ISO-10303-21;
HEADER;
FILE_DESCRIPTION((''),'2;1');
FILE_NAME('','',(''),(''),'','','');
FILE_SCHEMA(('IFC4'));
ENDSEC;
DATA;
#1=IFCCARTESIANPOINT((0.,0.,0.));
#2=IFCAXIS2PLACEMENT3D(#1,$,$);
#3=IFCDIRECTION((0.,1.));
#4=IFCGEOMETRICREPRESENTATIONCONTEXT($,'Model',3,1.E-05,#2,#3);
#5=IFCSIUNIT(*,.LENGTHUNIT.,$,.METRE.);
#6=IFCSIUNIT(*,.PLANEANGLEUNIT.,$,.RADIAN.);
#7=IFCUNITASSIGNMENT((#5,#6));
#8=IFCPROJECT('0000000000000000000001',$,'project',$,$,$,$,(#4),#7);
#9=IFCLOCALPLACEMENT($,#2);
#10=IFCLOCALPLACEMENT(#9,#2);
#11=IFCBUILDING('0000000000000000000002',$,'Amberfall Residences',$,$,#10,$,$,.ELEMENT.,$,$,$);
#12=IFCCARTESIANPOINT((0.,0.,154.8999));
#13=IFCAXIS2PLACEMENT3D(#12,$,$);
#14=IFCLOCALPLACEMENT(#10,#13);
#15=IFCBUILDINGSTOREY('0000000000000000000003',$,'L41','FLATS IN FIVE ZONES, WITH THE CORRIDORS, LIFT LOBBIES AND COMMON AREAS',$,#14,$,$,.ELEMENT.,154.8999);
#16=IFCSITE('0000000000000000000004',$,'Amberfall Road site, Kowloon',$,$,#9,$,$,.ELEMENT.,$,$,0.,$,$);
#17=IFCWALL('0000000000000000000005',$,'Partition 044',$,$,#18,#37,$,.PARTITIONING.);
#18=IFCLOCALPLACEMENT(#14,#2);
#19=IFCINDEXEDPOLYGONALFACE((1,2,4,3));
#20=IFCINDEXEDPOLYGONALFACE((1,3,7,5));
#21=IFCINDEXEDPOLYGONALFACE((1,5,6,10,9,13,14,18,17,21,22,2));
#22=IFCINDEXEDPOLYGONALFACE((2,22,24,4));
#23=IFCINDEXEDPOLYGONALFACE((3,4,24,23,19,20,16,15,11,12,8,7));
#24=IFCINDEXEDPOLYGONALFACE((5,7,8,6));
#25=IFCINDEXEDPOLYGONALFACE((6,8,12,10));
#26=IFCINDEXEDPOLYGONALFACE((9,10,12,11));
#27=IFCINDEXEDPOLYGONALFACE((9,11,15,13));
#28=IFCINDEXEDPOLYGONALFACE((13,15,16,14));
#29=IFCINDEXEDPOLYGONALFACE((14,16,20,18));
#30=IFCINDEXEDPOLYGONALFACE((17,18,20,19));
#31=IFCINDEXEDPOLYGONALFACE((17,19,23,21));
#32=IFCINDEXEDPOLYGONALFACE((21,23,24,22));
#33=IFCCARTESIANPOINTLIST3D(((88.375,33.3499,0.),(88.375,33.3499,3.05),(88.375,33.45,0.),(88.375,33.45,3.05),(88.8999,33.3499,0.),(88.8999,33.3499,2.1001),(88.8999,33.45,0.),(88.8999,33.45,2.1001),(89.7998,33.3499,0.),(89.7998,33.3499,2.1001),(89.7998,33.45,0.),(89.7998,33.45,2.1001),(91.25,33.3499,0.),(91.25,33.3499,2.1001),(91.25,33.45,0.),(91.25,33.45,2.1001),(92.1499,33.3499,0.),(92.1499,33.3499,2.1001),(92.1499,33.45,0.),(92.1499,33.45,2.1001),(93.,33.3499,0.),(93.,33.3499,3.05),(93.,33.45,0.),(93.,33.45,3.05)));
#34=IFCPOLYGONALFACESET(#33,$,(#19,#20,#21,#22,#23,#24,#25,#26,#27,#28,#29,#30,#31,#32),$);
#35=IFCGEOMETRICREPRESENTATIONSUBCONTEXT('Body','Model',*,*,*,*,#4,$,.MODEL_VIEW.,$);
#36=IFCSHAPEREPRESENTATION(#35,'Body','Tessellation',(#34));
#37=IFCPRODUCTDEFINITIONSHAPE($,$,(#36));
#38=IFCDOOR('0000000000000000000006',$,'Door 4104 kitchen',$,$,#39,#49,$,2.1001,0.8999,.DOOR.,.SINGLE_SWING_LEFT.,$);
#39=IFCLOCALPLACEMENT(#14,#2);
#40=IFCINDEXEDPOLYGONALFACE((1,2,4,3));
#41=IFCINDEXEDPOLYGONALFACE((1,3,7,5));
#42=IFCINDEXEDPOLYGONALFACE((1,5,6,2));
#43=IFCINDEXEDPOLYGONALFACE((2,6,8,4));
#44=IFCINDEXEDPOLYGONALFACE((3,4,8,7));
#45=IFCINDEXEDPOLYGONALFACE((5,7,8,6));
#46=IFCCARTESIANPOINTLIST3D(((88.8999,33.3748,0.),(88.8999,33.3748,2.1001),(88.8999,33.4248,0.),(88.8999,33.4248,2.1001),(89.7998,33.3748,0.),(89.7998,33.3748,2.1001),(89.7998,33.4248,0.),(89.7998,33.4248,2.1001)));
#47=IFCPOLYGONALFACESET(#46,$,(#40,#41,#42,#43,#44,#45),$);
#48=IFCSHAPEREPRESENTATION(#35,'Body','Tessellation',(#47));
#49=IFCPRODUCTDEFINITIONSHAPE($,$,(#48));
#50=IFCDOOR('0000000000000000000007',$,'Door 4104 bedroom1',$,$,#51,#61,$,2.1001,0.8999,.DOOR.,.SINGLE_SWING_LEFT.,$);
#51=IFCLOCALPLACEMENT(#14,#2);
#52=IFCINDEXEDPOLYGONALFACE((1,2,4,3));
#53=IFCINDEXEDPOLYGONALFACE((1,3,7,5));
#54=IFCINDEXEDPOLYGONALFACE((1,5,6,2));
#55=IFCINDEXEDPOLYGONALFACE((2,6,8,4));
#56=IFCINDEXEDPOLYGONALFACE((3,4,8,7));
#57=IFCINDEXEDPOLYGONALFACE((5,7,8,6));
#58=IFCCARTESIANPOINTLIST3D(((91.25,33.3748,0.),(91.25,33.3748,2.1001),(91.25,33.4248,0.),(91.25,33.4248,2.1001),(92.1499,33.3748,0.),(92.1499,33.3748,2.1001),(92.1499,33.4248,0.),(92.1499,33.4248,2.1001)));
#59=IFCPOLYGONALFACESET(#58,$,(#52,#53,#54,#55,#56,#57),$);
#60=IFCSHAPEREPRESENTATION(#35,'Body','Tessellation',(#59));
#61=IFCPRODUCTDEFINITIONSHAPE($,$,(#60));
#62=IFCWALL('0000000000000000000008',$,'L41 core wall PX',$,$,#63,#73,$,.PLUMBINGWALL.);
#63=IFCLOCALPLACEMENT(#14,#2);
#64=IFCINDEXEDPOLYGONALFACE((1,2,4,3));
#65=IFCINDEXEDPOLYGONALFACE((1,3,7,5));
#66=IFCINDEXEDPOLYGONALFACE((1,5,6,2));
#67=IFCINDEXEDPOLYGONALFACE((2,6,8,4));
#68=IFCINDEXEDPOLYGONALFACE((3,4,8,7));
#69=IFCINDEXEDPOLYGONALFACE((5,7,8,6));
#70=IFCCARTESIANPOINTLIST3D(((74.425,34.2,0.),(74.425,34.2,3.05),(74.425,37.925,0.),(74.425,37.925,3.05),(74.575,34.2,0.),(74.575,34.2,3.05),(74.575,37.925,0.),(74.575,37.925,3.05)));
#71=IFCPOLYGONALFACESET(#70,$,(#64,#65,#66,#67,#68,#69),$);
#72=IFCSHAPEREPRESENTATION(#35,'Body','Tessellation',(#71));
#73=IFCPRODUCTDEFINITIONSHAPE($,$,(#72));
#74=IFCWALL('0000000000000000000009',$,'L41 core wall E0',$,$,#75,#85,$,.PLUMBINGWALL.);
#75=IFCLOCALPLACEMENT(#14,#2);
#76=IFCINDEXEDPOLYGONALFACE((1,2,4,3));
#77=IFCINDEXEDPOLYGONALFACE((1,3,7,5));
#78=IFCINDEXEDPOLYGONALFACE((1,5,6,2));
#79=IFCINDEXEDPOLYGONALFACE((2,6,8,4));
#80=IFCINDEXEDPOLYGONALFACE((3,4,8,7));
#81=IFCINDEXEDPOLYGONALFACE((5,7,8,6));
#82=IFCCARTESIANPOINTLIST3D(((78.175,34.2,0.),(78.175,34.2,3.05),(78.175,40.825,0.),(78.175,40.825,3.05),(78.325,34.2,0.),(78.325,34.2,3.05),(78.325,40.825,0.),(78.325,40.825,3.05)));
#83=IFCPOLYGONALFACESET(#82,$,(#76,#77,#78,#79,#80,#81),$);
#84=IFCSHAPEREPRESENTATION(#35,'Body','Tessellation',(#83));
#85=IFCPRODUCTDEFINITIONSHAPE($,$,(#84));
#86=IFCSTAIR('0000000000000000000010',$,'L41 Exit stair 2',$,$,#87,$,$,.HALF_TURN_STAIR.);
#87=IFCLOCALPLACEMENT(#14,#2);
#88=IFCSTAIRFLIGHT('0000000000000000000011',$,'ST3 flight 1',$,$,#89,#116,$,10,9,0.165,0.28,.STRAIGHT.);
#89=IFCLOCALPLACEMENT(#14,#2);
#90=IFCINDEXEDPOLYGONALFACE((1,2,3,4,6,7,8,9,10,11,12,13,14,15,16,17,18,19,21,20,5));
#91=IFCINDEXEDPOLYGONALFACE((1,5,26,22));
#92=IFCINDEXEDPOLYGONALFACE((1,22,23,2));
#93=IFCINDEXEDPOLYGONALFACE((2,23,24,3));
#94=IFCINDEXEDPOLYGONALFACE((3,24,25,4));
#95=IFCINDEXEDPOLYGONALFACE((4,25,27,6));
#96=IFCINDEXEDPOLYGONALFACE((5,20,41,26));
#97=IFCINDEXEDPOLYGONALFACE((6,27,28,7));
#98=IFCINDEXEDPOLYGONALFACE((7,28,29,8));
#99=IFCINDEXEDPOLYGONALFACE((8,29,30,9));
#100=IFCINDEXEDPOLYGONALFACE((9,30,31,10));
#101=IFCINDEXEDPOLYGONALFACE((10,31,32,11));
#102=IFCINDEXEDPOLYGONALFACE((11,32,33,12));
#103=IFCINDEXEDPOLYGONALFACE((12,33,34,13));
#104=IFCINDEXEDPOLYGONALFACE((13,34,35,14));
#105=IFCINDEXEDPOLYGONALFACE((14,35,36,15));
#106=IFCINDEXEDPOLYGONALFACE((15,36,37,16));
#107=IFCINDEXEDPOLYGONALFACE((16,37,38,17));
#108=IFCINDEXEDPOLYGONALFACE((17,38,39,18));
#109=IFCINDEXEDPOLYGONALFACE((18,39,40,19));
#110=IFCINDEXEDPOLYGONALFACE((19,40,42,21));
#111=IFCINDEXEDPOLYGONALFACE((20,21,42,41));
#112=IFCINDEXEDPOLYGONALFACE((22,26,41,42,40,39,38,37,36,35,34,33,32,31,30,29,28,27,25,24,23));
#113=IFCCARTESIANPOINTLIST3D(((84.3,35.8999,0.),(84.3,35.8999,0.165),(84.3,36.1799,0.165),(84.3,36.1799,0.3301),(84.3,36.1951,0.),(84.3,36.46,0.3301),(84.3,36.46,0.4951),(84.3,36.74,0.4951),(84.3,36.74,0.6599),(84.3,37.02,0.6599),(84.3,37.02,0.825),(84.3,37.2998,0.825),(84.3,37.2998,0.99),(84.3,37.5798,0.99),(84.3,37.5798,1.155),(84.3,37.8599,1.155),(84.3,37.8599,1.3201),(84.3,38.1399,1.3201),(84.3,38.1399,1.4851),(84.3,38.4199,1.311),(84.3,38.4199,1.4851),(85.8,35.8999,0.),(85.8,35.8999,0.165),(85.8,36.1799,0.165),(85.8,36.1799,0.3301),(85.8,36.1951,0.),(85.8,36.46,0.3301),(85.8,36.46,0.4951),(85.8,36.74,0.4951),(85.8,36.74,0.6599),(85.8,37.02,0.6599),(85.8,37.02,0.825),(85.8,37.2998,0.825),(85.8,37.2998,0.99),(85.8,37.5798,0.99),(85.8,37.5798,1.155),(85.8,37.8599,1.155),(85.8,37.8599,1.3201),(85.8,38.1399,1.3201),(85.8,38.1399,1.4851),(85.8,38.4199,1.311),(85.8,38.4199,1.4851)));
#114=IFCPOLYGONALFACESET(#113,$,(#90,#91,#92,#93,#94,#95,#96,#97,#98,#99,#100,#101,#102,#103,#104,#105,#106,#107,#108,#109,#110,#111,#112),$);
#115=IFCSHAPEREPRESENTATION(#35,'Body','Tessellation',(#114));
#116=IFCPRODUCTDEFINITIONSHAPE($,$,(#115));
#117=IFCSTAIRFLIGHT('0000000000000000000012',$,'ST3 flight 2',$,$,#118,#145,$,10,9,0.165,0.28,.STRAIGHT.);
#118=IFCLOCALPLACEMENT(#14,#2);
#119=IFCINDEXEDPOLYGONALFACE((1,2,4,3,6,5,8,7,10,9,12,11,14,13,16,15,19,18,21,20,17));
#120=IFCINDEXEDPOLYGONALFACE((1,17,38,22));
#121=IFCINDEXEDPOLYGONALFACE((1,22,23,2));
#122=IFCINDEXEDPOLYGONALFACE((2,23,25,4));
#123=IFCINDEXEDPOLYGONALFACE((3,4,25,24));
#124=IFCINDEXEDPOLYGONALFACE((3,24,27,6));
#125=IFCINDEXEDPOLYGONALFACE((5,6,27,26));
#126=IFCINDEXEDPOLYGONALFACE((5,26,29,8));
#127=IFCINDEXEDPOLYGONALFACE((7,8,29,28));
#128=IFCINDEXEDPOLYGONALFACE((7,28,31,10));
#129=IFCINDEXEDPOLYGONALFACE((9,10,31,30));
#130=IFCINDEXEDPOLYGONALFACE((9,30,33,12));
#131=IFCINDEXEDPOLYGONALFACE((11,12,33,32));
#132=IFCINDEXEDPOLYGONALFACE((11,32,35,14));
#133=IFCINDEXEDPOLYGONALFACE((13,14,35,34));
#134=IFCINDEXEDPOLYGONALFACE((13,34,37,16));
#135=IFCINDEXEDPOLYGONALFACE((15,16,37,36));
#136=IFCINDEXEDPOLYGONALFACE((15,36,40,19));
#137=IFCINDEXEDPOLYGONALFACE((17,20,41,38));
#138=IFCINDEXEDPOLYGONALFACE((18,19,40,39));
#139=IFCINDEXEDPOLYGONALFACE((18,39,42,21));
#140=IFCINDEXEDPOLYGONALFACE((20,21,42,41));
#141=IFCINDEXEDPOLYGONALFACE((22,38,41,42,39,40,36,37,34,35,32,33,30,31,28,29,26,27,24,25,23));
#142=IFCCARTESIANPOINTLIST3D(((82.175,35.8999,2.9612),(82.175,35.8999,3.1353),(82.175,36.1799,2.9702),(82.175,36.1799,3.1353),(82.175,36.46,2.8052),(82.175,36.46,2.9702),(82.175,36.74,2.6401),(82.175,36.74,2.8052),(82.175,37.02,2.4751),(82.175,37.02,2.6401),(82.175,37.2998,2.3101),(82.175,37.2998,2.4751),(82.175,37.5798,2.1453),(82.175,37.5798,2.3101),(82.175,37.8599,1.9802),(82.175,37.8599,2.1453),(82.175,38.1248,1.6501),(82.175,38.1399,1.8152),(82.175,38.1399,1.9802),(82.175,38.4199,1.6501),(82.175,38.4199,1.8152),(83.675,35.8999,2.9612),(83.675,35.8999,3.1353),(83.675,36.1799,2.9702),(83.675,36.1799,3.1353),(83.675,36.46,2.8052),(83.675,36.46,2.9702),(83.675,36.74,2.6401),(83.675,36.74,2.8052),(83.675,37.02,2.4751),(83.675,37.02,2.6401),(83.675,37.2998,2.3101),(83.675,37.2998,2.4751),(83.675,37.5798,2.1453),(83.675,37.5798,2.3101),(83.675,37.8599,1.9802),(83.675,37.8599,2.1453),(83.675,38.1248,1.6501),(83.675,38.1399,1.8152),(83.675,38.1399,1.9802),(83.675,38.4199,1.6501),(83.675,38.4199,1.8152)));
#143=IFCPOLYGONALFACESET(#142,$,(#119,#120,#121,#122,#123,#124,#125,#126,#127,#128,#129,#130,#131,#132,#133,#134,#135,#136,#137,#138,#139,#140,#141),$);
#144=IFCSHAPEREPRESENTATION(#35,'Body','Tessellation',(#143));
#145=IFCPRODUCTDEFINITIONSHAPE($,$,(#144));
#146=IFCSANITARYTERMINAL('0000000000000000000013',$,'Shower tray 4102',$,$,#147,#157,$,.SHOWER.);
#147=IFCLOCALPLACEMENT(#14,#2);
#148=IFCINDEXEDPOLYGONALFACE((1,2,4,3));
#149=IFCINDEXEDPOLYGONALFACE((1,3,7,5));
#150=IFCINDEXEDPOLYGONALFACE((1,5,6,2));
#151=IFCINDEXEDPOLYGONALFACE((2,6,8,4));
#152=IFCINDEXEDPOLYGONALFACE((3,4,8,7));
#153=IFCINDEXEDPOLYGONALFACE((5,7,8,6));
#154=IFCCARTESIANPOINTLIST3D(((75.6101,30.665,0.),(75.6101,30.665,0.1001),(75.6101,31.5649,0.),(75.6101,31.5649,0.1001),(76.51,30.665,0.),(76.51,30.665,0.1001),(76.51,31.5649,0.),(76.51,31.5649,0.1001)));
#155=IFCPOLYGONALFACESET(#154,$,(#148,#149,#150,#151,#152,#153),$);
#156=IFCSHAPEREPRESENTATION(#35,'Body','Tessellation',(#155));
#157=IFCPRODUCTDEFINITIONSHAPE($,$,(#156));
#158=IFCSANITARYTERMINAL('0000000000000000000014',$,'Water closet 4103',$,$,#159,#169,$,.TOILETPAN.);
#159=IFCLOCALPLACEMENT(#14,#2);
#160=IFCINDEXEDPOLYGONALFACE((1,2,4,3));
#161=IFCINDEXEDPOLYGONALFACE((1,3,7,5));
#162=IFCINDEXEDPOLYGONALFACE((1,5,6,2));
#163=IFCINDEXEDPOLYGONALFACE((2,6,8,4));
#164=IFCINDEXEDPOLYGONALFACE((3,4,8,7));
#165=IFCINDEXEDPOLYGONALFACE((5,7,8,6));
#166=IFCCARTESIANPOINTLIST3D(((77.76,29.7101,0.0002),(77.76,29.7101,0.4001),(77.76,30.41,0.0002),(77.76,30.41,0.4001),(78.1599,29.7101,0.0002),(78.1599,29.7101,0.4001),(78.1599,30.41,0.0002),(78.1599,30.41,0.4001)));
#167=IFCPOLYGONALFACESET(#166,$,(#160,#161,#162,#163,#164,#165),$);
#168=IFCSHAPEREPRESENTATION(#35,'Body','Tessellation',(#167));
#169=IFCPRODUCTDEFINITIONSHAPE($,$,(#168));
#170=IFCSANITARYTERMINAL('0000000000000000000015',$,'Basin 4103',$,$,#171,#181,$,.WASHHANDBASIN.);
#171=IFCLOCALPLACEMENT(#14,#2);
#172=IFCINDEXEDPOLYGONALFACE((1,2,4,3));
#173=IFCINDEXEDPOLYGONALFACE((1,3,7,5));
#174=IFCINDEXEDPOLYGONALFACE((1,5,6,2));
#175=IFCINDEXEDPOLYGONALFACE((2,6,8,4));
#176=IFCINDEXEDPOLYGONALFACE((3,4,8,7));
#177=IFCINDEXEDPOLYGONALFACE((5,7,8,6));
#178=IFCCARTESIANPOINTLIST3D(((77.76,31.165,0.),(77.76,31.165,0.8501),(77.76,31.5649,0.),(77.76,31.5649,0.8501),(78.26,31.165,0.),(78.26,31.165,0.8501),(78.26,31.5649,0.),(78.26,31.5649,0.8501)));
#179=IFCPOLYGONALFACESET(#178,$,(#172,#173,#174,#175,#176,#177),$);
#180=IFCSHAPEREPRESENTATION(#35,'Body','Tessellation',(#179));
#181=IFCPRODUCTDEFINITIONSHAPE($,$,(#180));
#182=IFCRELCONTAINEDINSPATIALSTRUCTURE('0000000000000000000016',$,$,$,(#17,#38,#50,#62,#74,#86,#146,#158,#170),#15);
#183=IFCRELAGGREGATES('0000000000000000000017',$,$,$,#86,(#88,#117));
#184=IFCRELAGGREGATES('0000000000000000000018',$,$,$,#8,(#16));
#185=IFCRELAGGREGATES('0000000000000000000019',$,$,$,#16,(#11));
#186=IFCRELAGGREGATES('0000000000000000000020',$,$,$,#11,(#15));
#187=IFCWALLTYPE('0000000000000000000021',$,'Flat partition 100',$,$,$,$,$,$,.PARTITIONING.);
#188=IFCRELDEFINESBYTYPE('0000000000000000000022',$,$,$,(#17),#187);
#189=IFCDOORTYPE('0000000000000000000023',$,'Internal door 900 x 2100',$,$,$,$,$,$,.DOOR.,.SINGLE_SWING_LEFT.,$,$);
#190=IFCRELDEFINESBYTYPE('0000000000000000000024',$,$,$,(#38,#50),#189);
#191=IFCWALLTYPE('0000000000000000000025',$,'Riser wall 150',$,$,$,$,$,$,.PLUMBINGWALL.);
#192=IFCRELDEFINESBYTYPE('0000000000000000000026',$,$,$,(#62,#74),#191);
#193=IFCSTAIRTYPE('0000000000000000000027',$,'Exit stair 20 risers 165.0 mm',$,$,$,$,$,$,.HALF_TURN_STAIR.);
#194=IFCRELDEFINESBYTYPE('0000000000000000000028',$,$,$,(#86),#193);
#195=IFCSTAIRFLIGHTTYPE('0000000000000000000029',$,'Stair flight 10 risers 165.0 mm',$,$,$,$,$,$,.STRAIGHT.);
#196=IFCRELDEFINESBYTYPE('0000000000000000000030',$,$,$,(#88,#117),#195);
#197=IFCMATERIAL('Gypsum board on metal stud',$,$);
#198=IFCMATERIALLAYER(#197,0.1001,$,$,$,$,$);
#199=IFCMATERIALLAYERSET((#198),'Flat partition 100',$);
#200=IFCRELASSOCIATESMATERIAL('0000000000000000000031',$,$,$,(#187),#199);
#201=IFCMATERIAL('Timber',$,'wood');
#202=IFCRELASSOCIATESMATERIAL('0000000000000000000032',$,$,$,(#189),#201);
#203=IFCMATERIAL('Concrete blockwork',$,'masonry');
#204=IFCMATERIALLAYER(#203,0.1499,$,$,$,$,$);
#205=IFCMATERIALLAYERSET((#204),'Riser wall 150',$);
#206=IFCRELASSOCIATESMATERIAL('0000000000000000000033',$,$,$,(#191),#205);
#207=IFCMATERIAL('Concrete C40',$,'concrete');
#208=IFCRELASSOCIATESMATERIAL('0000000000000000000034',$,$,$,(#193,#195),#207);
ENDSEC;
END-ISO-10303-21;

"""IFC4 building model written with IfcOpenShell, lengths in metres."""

from ifc_helpers import new_model, si_unit, direction, frame, frame_2d, origin, origin_2d, place, context, subcontext, project, spatial, polyline, rectangle, outline, extrude, material, layer, layer_set, type_object, element, fill, aggregate, save


model = new_model("IFC4")

# Units and contexts
model_context = context("Model", 3, precision=1e-05, world=origin(), true_north=direction((0.0, 1.0)))
body_context = subcontext(model_context, "Body", "Model", "MODEL_VIEW")
ifc_project = project(units=[si_unit("LENGTHUNIT", "METRE"), si_unit("PLANEANGLEUNIT", "RADIAN")], contexts=[model_context])

# Site, building, storey
site_placement = place(None, origin())
site = spatial("IfcSite", under=ifc_project, at=site_placement, Name="Amberfall Road site, Kowloon", CompositionType="ELEMENT", RefElevation=0.0)
building_placement = place(site_placement, origin())
building = spatial("IfcBuilding", under=site, at=building_placement, Name="Amberfall Residences", CompositionType="ELEMENT")
storey_placement = place(building_placement, frame((0.0, 0.0, 154.8999)))
storey = spatial("IfcBuildingStorey", under=building, at=storey_placement, Name="L41", Description="FLATS IN FIVE ZONES, WITH THE CORRIDORS, LIFT LOBBIES AND COMMON AREAS", CompositionType="ELEMENT", Elevation=154.8999)

# Shared definitions
ifc_material_1 = material(Name="Gypsum board on metal stud")
ifc_layer_1 = layer(ifc_material_1, 0.1001)
ifc_layer_set_1 = layer_set([ifc_layer_1], Name="Flat partition 100")
wall_type_1 = type_object("IfcWallType", Name="Flat partition 100", PredefinedType="PARTITIONING", material=ifc_layer_set_1)
ifc_material_2 = material(Name="Timber", Category="wood")
door_type_1 = type_object("IfcDoorType", Name="Internal door 900 x 2100", OperationType="SINGLE_SWING_LEFT", PredefinedType="DOOR", material=ifc_material_2)

# Wall, openings, doors
wall_1_placement = place(storey_placement, frame((88.375, 33.3999, 0.0), z_axis=(0.0, 0.0, 1.0), x_axis=(1.0, 0.0, 0.0)))
wall_1 = element("IfcWall", 1, at=wall_1_placement, inside=storey, type_object=wall_type_1, Name="Partition 044", PredefinedType="PARTITIONING", context=body_context, shape_type="SweptSolid", body=[
    extrude(rectangle(XDim=4.625, YDim=0.1001, at=frame_2d((2.3125, 0.0))), origin(), (0.0, 0.0, 1.0), 3.05),
])
opening_1_placement = place(wall_1_placement, frame((0.5249, 0.0, 0.0)))
opening_1 = element("IfcOpeningElement", 2, at=opening_1_placement, cuts=wall_1, PredefinedType="OPENING", context=body_context, shape_type="SweptSolid", body=[
    extrude(rectangle(XDim=0.8999, YDim=2.1001, at=frame_2d((0.45, 1.05))), frame((0.0, 0.0601, 0.0), z_axis=(0.0, -1.0, 0.0), x_axis=(1.0, 0.0, 0.0)), (0.0, 0.0, 1.0), 0.1201),
])
opening_2_placement = place(wall_1_placement, frame((2.875, 0.0, 0.0)))
opening_2 = element("IfcOpeningElement", 3, at=opening_2_placement, cuts=wall_1, PredefinedType="OPENING", context=body_context, shape_type="SweptSolid", body=[
    extrude(rectangle(XDim=0.8999, YDim=2.1001, at=frame_2d((0.45, 1.05))), frame((0.0, 0.0601, 0.0), z_axis=(0.0, -1.0, 0.0), x_axis=(1.0, 0.0, 0.0)), (0.0, 0.0, 1.0), 0.1201),
])
door_1_placement = place(opening_1_placement, origin())
door_1 = element("IfcDoor", 4, at=door_1_placement, inside=storey, type_object=door_type_1, Name="Door 4104 kitchen", OperationType="SINGLE_SWING_LEFT", OverallHeight=2.1001, OverallWidth=0.8999, PredefinedType="DOOR", context=body_context, shape_type="SweptSolid", body=[
    extrude(rectangle(XDim=0.8999, YDim=2.1001, at=frame_2d((0.45, 1.05))), frame((0.0, 0.0249, 0.0), z_axis=(0.0, -1.0, 0.0), x_axis=(1.0, 0.0, 0.0)), (0.0, 0.0, 1.0), 0.05),
])
fill(opening_1, door_1)
door_2_placement = place(opening_2_placement, origin())
door_2 = element("IfcDoor", 5, at=door_2_placement, inside=storey, type_object=door_type_1, Name="Door 4104 bedroom1", OperationType="SINGLE_SWING_LEFT", OverallHeight=2.1001, OverallWidth=0.8999, PredefinedType="DOOR", context=body_context, shape_type="SweptSolid", body=[
    extrude(rectangle(XDim=0.8999, YDim=2.1001, at=frame_2d((0.45, 1.05))), frame((0.0, 0.0249, 0.0), z_axis=(0.0, -1.0, 0.0), x_axis=(1.0, 0.0, 0.0)), (0.0, 0.0, 1.0), 0.05),
])
fill(opening_2, door_2)

# Walls
ifc_material_3 = material(Name="Concrete blockwork", Category="masonry")
ifc_layer_2 = layer(ifc_material_3, 0.1499)
ifc_layer_set_2 = layer_set([ifc_layer_2], Name="Riser wall 150")
wall_type_2 = type_object("IfcWallType", Name="Riser wall 150", PredefinedType="PLUMBINGWALL", material=ifc_layer_set_2)
wall_2_placement = place(storey_placement, frame((74.5, 34.2, 0.0), z_axis=(0.0, 0.0, 1.0), x_axis=(0.0, 1.0, 0.0)))
element("IfcWall", 6, at=wall_2_placement, inside=storey, type_object=wall_type_2, Name="L41 core wall PX", PredefinedType="PLUMBINGWALL", context=body_context, shape_type="SweptSolid", body=[
    extrude(rectangle(XDim=3.7251, YDim=0.1499, at=frame_2d((1.8625, 0.0))), origin(), (0.0, 0.0, 1.0), 3.05),
])
wall_3_placement = place(storey_placement, frame((78.25, 34.2, 0.0), z_axis=(0.0, 0.0, 1.0), x_axis=(0.0, 1.0, 0.0)))
element("IfcWall", 7, at=wall_3_placement, inside=storey, type_object=wall_type_2, Name="L41 core wall E0", PredefinedType="PLUMBINGWALL", context=body_context, shape_type="SweptSolid", body=[
    extrude(rectangle(XDim=6.625, YDim=0.1499, at=frame_2d((3.3125, 0.0))), origin(), (0.0, 0.0, 1.0), 3.05),
])

# Stair, stair flights
ifc_material_4 = material(Name="Concrete C40", Category="concrete")
stair_type = type_object("IfcStairType", Name="Exit stair 20 risers 165.0 mm", PredefinedType="HALF_TURN_STAIR", material=ifc_material_4)
stair_placement = place(storey_placement, origin())
stair = element("IfcStair", 8, at=stair_placement, inside=storey, type_object=stair_type, Name="L41 Exit stair 2", PredefinedType="HALF_TURN_STAIR")
stair_flight_type = type_object("IfcStairFlightType", Name="Stair flight 10 risers 165.0 mm", PredefinedType="STRAIGHT", material=ifc_material_4)
stair_flight_1_placement = place(storey_placement, frame((85.05, 35.8999, 0.0), z_axis=(0.0, 0.0, 1.0), x_axis=(0.0, 1.0, 0.0)))
stair_flight_1 = element("IfcStairFlight", 9, at=stair_flight_1_placement, type_object=stair_flight_type, Name="ST3 flight 1", NumberOfRisers=10, NumberOfTreads=9, PredefinedType="STRAIGHT", RiserHeight=0.165, TreadLength=0.28, context=body_context, shape_type="SweptSolid", body=[
    extrude(outline(polyline([(0.0, 0.0), (0.0, 0.165), (0.28, 0.165), (0.28, 0.3301), (0.5601, 0.3301), (0.5601, 0.4951), (0.8401, 0.4951), (0.8401, 0.6599), (1.1201, 0.6599), (1.1201, 0.825), (1.3999, 0.825), (1.3999, 0.99), (1.6799, 0.99), (1.6799, 1.155), (1.96, 1.155), (1.96, 1.3201), (2.24, 1.3201), (2.24, 1.4851), (2.52, 1.4851), (2.52, 1.6499), (2.52, 1.311), (0.2952, 0.0), (0.0, 0.0)])), frame((0.0, 0.75, 0.0), z_axis=(0.0, -1.0, 0.0), x_axis=(1.0, 0.0, 0.0)), (0.0, 0.0, 1.0), 1.5),
])
stair_flight_2_placement = place(storey_placement, frame((82.925, 38.4199, 1.6501), z_axis=(0.0, 0.0, 1.0), x_axis=(0.0, -1.0, 0.0)))
stair_flight_2 = element("IfcStairFlight", 10, at=stair_flight_2_placement, type_object=stair_flight_type, Name="ST3 flight 2", NumberOfRisers=10, NumberOfTreads=9, PredefinedType="STRAIGHT", RiserHeight=0.165, TreadLength=0.28, context=body_context, shape_type="SweptSolid", body=[
    extrude(outline(polyline([(0.0, 0.0), (0.0, 0.165), (0.28, 0.165), (0.28, 0.3301), (0.5601, 0.3301), (0.5601, 0.4951), (0.8401, 0.4951), (0.8401, 0.6599), (1.1201, 0.6599), (1.1201, 0.825), (1.3999, 0.825), (1.3999, 0.99), (1.6799, 0.99), (1.6799, 1.155), (1.96, 1.155), (1.96, 1.3201), (2.24, 1.3201), (2.24, 1.4851), (2.52, 1.4851), (2.52, 1.6499), (2.52, 1.311), (0.2952, 0.0), (0.0, 0.0)])), frame((0.0, 0.75, 0.0), z_axis=(0.0, -1.0, 0.0), x_axis=(1.0, 0.0, 0.0)), (0.0, 0.0, 1.0), 1.5),
])
aggregate(stair, [stair_flight_1, stair_flight_2])

# Sanitary terminals
sanitary_terminal_1_placement = place(storey_placement, frame((76.0601, 31.115, 0.0), z_axis=(0.0, 0.0, 1.0), x_axis=(1.0, 0.0, 0.0)))
element("IfcSanitaryTerminal", 11, at=sanitary_terminal_1_placement, inside=storey, Name="Shower tray 4102", PredefinedType="SHOWER", context=body_context, shape_type="SweptSolid", body=[
    extrude(rectangle(XDim=0.8999, YDim=0.8999, at=origin_2d()), origin(), (0.0, 0.0, 1.0), 0.1001),
])
sanitary_terminal_2_placement = place(storey_placement, frame((77.96, 30.0601, 0.0002), z_axis=(0.0, 0.0, 1.0), x_axis=(1.0, 0.0, 0.0)))
element("IfcSanitaryTerminal", 12, at=sanitary_terminal_2_placement, inside=storey, Name="Water closet 4103", PredefinedType="TOILETPAN", context=body_context, shape_type="SweptSolid", body=[
    extrude(rectangle(XDim=0.3999, YDim=0.7, at=origin_2d()), origin(), (0.0, 0.0, 1.0), 0.3999),
])
sanitary_terminal_3_placement = place(storey_placement, frame((78.01, 31.365, 0.0), z_axis=(0.0, 0.0, 1.0), x_axis=(1.0, 0.0, 0.0)))
element("IfcSanitaryTerminal", 13, at=sanitary_terminal_3_placement, inside=storey, Name="Basin 4103", PredefinedType="WASHHANDBASIN", context=body_context, shape_type="SweptSolid", body=[
    extrude(rectangle(XDim=0.5, YDim=0.3999, at=origin_2d()), origin(), (0.0, 0.0, 1.0), 0.8501),
])

save(model, "model.ifc")
